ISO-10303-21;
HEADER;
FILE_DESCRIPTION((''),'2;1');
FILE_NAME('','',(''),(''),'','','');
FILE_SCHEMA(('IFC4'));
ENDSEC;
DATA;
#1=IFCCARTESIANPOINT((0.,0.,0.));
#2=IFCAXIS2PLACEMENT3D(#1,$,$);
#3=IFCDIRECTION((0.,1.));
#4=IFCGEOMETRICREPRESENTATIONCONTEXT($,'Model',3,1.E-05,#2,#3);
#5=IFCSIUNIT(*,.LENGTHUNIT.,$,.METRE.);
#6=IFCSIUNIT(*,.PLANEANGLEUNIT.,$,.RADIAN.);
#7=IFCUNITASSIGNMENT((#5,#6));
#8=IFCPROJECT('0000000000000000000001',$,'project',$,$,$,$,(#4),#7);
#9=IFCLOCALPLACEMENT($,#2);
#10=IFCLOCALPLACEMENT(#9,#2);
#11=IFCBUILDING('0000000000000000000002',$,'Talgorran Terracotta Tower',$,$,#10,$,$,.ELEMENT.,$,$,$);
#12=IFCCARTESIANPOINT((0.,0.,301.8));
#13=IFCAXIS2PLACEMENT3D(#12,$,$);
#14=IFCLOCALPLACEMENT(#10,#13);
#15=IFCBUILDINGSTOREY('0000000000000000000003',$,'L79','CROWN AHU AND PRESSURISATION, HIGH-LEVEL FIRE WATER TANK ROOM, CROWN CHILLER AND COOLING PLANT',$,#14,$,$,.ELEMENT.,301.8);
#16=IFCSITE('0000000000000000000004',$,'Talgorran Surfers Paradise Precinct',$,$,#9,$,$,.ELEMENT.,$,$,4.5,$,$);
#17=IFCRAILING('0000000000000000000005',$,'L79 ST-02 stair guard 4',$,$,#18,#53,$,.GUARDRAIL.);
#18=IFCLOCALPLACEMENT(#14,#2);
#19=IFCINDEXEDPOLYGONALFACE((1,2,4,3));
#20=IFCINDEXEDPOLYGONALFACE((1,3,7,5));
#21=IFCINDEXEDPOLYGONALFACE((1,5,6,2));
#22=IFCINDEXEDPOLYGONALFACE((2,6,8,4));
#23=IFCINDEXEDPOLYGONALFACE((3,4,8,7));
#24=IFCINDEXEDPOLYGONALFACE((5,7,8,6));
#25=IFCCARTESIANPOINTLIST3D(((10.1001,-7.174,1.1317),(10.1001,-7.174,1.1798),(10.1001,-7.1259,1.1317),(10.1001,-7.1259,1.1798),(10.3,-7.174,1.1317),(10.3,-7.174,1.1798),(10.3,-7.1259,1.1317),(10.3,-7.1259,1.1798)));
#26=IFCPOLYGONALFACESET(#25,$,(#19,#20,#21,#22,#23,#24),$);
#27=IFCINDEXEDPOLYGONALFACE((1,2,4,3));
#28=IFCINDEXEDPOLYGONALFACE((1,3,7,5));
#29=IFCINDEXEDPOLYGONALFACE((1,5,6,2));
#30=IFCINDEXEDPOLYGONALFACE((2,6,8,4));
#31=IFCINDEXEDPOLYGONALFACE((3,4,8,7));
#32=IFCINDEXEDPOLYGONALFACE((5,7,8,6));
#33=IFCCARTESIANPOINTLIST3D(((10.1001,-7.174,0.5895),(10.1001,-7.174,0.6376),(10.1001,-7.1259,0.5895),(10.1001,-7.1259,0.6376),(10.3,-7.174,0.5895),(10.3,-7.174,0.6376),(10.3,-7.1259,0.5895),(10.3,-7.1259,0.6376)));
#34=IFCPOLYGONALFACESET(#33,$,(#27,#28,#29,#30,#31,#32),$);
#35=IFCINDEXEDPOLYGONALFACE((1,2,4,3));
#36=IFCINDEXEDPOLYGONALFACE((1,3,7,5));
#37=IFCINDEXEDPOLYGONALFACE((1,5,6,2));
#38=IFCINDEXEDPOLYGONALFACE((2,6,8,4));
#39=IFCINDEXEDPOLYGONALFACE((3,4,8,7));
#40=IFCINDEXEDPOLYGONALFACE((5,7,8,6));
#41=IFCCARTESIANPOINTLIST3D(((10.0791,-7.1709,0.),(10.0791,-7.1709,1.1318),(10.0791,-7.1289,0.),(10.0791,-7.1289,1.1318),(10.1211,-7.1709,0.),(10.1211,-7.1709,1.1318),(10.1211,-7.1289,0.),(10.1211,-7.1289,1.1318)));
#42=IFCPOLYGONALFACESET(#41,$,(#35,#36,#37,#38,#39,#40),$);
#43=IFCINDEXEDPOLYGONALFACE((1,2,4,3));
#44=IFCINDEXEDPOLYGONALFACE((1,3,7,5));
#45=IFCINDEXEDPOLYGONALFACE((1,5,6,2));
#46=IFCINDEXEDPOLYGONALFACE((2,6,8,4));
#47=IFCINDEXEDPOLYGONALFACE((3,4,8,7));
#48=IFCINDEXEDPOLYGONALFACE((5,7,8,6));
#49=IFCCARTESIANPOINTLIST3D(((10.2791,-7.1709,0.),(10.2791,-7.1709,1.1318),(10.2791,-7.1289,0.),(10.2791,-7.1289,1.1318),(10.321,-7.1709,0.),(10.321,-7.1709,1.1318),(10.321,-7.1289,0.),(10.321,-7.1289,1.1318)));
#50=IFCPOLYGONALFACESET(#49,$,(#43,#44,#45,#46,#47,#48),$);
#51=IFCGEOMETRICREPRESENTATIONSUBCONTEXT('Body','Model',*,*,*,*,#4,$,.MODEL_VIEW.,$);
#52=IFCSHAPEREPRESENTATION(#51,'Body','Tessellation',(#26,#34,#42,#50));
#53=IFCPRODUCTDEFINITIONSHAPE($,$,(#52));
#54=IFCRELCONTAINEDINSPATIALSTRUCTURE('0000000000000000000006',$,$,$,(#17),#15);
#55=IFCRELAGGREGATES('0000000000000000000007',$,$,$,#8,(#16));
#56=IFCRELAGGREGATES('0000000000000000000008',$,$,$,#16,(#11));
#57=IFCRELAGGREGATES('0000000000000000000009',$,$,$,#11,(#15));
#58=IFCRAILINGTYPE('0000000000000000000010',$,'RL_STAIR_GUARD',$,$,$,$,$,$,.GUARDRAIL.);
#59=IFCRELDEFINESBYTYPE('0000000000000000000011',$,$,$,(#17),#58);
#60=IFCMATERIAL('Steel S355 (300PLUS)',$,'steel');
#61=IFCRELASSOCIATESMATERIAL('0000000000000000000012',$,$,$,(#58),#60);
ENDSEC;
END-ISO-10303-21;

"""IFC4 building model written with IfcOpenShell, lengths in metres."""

from ifc_helpers import new_model, si_unit, direction, frame, origin, origin_2d, place, context, subcontext, project, spatial, rectangle, extrude, material, type_object, element, save


model = new_model("IFC4")

# Units and contexts
model_context = context("Model", 3, precision=1e-05, world=origin(), true_north=direction((0.0, 1.0)))
body_context = subcontext(model_context, "Body", "Model", "MODEL_VIEW")
ifc_project = project(units=[si_unit("LENGTHUNIT", "METRE"), si_unit("PLANEANGLEUNIT", "RADIAN")], contexts=[model_context])

# Site, building, storey
site_placement = place(None, origin())
site = spatial("IfcSite", under=ifc_project, at=site_placement, Name="Talgorran Surfers Paradise Precinct", CompositionType="ELEMENT", RefElevation=4.5)
building_placement = place(site_placement, origin())
building = spatial("IfcBuilding", under=site, at=building_placement, Name="Talgorran Terracotta Tower", CompositionType="ELEMENT")
storey_placement = place(building_placement, frame((0.0, 0.0, 301.8)))
storey = spatial("IfcBuildingStorey", under=building, at=storey_placement, Name="L79", Description="CROWN AHU AND PRESSURISATION, HIGH-LEVEL FIRE WATER TANK ROOM, CROWN CHILLER AND COOLING PLANT", CompositionType="ELEMENT", Elevation=301.8)

# Shared definitions
ifc_material_1 = material(Name="Steel S355 (300PLUS)", Category="steel")

# Railing
railing_type = type_object("IfcRailingType", Name="RL_STAIR_GUARD", PredefinedType="GUARDRAIL", material=ifc_material_1)
railing_1_placement = place(storey_placement, frame((10.1001, -7.1499, 0.0)))
element("IfcRailing", 1, at=railing_1_placement, inside=storey, type_object=railing_type, Name="L79 ST-02 stair guard 4", PredefinedType="GUARDRAIL", context=body_context, shape_type="SweptSolid", body=[
    extrude(rectangle(XDim=0.0481, YDim=0.0481, at=origin_2d()), frame((0.0, 0.0, 1.1558), z_axis=(1.0, 0.0, 0.0), x_axis=(0.0, 1.0, 0.0)), (0.0, 0.0, 1.0), 0.2),
    extrude(rectangle(XDim=0.0481, YDim=0.0481, at=origin_2d()), frame((0.0, 0.0, 0.6135), z_axis=(1.0, 0.0, 0.0), x_axis=(0.0, 1.0, 0.0)), (0.0, 0.0, 1.0), 0.2),
    extrude(rectangle(XDim=0.042, YDim=0.042, at=origin_2d()), origin(), (0.0, 0.0, 1.0), 1.1318),
    extrude(rectangle(XDim=0.042, YDim=0.042, at=origin_2d()), frame((0.2, 0.0, 0.0)), (0.0, 0.0, 1.0), 1.1318),
])

save(model, "model.ifc")
